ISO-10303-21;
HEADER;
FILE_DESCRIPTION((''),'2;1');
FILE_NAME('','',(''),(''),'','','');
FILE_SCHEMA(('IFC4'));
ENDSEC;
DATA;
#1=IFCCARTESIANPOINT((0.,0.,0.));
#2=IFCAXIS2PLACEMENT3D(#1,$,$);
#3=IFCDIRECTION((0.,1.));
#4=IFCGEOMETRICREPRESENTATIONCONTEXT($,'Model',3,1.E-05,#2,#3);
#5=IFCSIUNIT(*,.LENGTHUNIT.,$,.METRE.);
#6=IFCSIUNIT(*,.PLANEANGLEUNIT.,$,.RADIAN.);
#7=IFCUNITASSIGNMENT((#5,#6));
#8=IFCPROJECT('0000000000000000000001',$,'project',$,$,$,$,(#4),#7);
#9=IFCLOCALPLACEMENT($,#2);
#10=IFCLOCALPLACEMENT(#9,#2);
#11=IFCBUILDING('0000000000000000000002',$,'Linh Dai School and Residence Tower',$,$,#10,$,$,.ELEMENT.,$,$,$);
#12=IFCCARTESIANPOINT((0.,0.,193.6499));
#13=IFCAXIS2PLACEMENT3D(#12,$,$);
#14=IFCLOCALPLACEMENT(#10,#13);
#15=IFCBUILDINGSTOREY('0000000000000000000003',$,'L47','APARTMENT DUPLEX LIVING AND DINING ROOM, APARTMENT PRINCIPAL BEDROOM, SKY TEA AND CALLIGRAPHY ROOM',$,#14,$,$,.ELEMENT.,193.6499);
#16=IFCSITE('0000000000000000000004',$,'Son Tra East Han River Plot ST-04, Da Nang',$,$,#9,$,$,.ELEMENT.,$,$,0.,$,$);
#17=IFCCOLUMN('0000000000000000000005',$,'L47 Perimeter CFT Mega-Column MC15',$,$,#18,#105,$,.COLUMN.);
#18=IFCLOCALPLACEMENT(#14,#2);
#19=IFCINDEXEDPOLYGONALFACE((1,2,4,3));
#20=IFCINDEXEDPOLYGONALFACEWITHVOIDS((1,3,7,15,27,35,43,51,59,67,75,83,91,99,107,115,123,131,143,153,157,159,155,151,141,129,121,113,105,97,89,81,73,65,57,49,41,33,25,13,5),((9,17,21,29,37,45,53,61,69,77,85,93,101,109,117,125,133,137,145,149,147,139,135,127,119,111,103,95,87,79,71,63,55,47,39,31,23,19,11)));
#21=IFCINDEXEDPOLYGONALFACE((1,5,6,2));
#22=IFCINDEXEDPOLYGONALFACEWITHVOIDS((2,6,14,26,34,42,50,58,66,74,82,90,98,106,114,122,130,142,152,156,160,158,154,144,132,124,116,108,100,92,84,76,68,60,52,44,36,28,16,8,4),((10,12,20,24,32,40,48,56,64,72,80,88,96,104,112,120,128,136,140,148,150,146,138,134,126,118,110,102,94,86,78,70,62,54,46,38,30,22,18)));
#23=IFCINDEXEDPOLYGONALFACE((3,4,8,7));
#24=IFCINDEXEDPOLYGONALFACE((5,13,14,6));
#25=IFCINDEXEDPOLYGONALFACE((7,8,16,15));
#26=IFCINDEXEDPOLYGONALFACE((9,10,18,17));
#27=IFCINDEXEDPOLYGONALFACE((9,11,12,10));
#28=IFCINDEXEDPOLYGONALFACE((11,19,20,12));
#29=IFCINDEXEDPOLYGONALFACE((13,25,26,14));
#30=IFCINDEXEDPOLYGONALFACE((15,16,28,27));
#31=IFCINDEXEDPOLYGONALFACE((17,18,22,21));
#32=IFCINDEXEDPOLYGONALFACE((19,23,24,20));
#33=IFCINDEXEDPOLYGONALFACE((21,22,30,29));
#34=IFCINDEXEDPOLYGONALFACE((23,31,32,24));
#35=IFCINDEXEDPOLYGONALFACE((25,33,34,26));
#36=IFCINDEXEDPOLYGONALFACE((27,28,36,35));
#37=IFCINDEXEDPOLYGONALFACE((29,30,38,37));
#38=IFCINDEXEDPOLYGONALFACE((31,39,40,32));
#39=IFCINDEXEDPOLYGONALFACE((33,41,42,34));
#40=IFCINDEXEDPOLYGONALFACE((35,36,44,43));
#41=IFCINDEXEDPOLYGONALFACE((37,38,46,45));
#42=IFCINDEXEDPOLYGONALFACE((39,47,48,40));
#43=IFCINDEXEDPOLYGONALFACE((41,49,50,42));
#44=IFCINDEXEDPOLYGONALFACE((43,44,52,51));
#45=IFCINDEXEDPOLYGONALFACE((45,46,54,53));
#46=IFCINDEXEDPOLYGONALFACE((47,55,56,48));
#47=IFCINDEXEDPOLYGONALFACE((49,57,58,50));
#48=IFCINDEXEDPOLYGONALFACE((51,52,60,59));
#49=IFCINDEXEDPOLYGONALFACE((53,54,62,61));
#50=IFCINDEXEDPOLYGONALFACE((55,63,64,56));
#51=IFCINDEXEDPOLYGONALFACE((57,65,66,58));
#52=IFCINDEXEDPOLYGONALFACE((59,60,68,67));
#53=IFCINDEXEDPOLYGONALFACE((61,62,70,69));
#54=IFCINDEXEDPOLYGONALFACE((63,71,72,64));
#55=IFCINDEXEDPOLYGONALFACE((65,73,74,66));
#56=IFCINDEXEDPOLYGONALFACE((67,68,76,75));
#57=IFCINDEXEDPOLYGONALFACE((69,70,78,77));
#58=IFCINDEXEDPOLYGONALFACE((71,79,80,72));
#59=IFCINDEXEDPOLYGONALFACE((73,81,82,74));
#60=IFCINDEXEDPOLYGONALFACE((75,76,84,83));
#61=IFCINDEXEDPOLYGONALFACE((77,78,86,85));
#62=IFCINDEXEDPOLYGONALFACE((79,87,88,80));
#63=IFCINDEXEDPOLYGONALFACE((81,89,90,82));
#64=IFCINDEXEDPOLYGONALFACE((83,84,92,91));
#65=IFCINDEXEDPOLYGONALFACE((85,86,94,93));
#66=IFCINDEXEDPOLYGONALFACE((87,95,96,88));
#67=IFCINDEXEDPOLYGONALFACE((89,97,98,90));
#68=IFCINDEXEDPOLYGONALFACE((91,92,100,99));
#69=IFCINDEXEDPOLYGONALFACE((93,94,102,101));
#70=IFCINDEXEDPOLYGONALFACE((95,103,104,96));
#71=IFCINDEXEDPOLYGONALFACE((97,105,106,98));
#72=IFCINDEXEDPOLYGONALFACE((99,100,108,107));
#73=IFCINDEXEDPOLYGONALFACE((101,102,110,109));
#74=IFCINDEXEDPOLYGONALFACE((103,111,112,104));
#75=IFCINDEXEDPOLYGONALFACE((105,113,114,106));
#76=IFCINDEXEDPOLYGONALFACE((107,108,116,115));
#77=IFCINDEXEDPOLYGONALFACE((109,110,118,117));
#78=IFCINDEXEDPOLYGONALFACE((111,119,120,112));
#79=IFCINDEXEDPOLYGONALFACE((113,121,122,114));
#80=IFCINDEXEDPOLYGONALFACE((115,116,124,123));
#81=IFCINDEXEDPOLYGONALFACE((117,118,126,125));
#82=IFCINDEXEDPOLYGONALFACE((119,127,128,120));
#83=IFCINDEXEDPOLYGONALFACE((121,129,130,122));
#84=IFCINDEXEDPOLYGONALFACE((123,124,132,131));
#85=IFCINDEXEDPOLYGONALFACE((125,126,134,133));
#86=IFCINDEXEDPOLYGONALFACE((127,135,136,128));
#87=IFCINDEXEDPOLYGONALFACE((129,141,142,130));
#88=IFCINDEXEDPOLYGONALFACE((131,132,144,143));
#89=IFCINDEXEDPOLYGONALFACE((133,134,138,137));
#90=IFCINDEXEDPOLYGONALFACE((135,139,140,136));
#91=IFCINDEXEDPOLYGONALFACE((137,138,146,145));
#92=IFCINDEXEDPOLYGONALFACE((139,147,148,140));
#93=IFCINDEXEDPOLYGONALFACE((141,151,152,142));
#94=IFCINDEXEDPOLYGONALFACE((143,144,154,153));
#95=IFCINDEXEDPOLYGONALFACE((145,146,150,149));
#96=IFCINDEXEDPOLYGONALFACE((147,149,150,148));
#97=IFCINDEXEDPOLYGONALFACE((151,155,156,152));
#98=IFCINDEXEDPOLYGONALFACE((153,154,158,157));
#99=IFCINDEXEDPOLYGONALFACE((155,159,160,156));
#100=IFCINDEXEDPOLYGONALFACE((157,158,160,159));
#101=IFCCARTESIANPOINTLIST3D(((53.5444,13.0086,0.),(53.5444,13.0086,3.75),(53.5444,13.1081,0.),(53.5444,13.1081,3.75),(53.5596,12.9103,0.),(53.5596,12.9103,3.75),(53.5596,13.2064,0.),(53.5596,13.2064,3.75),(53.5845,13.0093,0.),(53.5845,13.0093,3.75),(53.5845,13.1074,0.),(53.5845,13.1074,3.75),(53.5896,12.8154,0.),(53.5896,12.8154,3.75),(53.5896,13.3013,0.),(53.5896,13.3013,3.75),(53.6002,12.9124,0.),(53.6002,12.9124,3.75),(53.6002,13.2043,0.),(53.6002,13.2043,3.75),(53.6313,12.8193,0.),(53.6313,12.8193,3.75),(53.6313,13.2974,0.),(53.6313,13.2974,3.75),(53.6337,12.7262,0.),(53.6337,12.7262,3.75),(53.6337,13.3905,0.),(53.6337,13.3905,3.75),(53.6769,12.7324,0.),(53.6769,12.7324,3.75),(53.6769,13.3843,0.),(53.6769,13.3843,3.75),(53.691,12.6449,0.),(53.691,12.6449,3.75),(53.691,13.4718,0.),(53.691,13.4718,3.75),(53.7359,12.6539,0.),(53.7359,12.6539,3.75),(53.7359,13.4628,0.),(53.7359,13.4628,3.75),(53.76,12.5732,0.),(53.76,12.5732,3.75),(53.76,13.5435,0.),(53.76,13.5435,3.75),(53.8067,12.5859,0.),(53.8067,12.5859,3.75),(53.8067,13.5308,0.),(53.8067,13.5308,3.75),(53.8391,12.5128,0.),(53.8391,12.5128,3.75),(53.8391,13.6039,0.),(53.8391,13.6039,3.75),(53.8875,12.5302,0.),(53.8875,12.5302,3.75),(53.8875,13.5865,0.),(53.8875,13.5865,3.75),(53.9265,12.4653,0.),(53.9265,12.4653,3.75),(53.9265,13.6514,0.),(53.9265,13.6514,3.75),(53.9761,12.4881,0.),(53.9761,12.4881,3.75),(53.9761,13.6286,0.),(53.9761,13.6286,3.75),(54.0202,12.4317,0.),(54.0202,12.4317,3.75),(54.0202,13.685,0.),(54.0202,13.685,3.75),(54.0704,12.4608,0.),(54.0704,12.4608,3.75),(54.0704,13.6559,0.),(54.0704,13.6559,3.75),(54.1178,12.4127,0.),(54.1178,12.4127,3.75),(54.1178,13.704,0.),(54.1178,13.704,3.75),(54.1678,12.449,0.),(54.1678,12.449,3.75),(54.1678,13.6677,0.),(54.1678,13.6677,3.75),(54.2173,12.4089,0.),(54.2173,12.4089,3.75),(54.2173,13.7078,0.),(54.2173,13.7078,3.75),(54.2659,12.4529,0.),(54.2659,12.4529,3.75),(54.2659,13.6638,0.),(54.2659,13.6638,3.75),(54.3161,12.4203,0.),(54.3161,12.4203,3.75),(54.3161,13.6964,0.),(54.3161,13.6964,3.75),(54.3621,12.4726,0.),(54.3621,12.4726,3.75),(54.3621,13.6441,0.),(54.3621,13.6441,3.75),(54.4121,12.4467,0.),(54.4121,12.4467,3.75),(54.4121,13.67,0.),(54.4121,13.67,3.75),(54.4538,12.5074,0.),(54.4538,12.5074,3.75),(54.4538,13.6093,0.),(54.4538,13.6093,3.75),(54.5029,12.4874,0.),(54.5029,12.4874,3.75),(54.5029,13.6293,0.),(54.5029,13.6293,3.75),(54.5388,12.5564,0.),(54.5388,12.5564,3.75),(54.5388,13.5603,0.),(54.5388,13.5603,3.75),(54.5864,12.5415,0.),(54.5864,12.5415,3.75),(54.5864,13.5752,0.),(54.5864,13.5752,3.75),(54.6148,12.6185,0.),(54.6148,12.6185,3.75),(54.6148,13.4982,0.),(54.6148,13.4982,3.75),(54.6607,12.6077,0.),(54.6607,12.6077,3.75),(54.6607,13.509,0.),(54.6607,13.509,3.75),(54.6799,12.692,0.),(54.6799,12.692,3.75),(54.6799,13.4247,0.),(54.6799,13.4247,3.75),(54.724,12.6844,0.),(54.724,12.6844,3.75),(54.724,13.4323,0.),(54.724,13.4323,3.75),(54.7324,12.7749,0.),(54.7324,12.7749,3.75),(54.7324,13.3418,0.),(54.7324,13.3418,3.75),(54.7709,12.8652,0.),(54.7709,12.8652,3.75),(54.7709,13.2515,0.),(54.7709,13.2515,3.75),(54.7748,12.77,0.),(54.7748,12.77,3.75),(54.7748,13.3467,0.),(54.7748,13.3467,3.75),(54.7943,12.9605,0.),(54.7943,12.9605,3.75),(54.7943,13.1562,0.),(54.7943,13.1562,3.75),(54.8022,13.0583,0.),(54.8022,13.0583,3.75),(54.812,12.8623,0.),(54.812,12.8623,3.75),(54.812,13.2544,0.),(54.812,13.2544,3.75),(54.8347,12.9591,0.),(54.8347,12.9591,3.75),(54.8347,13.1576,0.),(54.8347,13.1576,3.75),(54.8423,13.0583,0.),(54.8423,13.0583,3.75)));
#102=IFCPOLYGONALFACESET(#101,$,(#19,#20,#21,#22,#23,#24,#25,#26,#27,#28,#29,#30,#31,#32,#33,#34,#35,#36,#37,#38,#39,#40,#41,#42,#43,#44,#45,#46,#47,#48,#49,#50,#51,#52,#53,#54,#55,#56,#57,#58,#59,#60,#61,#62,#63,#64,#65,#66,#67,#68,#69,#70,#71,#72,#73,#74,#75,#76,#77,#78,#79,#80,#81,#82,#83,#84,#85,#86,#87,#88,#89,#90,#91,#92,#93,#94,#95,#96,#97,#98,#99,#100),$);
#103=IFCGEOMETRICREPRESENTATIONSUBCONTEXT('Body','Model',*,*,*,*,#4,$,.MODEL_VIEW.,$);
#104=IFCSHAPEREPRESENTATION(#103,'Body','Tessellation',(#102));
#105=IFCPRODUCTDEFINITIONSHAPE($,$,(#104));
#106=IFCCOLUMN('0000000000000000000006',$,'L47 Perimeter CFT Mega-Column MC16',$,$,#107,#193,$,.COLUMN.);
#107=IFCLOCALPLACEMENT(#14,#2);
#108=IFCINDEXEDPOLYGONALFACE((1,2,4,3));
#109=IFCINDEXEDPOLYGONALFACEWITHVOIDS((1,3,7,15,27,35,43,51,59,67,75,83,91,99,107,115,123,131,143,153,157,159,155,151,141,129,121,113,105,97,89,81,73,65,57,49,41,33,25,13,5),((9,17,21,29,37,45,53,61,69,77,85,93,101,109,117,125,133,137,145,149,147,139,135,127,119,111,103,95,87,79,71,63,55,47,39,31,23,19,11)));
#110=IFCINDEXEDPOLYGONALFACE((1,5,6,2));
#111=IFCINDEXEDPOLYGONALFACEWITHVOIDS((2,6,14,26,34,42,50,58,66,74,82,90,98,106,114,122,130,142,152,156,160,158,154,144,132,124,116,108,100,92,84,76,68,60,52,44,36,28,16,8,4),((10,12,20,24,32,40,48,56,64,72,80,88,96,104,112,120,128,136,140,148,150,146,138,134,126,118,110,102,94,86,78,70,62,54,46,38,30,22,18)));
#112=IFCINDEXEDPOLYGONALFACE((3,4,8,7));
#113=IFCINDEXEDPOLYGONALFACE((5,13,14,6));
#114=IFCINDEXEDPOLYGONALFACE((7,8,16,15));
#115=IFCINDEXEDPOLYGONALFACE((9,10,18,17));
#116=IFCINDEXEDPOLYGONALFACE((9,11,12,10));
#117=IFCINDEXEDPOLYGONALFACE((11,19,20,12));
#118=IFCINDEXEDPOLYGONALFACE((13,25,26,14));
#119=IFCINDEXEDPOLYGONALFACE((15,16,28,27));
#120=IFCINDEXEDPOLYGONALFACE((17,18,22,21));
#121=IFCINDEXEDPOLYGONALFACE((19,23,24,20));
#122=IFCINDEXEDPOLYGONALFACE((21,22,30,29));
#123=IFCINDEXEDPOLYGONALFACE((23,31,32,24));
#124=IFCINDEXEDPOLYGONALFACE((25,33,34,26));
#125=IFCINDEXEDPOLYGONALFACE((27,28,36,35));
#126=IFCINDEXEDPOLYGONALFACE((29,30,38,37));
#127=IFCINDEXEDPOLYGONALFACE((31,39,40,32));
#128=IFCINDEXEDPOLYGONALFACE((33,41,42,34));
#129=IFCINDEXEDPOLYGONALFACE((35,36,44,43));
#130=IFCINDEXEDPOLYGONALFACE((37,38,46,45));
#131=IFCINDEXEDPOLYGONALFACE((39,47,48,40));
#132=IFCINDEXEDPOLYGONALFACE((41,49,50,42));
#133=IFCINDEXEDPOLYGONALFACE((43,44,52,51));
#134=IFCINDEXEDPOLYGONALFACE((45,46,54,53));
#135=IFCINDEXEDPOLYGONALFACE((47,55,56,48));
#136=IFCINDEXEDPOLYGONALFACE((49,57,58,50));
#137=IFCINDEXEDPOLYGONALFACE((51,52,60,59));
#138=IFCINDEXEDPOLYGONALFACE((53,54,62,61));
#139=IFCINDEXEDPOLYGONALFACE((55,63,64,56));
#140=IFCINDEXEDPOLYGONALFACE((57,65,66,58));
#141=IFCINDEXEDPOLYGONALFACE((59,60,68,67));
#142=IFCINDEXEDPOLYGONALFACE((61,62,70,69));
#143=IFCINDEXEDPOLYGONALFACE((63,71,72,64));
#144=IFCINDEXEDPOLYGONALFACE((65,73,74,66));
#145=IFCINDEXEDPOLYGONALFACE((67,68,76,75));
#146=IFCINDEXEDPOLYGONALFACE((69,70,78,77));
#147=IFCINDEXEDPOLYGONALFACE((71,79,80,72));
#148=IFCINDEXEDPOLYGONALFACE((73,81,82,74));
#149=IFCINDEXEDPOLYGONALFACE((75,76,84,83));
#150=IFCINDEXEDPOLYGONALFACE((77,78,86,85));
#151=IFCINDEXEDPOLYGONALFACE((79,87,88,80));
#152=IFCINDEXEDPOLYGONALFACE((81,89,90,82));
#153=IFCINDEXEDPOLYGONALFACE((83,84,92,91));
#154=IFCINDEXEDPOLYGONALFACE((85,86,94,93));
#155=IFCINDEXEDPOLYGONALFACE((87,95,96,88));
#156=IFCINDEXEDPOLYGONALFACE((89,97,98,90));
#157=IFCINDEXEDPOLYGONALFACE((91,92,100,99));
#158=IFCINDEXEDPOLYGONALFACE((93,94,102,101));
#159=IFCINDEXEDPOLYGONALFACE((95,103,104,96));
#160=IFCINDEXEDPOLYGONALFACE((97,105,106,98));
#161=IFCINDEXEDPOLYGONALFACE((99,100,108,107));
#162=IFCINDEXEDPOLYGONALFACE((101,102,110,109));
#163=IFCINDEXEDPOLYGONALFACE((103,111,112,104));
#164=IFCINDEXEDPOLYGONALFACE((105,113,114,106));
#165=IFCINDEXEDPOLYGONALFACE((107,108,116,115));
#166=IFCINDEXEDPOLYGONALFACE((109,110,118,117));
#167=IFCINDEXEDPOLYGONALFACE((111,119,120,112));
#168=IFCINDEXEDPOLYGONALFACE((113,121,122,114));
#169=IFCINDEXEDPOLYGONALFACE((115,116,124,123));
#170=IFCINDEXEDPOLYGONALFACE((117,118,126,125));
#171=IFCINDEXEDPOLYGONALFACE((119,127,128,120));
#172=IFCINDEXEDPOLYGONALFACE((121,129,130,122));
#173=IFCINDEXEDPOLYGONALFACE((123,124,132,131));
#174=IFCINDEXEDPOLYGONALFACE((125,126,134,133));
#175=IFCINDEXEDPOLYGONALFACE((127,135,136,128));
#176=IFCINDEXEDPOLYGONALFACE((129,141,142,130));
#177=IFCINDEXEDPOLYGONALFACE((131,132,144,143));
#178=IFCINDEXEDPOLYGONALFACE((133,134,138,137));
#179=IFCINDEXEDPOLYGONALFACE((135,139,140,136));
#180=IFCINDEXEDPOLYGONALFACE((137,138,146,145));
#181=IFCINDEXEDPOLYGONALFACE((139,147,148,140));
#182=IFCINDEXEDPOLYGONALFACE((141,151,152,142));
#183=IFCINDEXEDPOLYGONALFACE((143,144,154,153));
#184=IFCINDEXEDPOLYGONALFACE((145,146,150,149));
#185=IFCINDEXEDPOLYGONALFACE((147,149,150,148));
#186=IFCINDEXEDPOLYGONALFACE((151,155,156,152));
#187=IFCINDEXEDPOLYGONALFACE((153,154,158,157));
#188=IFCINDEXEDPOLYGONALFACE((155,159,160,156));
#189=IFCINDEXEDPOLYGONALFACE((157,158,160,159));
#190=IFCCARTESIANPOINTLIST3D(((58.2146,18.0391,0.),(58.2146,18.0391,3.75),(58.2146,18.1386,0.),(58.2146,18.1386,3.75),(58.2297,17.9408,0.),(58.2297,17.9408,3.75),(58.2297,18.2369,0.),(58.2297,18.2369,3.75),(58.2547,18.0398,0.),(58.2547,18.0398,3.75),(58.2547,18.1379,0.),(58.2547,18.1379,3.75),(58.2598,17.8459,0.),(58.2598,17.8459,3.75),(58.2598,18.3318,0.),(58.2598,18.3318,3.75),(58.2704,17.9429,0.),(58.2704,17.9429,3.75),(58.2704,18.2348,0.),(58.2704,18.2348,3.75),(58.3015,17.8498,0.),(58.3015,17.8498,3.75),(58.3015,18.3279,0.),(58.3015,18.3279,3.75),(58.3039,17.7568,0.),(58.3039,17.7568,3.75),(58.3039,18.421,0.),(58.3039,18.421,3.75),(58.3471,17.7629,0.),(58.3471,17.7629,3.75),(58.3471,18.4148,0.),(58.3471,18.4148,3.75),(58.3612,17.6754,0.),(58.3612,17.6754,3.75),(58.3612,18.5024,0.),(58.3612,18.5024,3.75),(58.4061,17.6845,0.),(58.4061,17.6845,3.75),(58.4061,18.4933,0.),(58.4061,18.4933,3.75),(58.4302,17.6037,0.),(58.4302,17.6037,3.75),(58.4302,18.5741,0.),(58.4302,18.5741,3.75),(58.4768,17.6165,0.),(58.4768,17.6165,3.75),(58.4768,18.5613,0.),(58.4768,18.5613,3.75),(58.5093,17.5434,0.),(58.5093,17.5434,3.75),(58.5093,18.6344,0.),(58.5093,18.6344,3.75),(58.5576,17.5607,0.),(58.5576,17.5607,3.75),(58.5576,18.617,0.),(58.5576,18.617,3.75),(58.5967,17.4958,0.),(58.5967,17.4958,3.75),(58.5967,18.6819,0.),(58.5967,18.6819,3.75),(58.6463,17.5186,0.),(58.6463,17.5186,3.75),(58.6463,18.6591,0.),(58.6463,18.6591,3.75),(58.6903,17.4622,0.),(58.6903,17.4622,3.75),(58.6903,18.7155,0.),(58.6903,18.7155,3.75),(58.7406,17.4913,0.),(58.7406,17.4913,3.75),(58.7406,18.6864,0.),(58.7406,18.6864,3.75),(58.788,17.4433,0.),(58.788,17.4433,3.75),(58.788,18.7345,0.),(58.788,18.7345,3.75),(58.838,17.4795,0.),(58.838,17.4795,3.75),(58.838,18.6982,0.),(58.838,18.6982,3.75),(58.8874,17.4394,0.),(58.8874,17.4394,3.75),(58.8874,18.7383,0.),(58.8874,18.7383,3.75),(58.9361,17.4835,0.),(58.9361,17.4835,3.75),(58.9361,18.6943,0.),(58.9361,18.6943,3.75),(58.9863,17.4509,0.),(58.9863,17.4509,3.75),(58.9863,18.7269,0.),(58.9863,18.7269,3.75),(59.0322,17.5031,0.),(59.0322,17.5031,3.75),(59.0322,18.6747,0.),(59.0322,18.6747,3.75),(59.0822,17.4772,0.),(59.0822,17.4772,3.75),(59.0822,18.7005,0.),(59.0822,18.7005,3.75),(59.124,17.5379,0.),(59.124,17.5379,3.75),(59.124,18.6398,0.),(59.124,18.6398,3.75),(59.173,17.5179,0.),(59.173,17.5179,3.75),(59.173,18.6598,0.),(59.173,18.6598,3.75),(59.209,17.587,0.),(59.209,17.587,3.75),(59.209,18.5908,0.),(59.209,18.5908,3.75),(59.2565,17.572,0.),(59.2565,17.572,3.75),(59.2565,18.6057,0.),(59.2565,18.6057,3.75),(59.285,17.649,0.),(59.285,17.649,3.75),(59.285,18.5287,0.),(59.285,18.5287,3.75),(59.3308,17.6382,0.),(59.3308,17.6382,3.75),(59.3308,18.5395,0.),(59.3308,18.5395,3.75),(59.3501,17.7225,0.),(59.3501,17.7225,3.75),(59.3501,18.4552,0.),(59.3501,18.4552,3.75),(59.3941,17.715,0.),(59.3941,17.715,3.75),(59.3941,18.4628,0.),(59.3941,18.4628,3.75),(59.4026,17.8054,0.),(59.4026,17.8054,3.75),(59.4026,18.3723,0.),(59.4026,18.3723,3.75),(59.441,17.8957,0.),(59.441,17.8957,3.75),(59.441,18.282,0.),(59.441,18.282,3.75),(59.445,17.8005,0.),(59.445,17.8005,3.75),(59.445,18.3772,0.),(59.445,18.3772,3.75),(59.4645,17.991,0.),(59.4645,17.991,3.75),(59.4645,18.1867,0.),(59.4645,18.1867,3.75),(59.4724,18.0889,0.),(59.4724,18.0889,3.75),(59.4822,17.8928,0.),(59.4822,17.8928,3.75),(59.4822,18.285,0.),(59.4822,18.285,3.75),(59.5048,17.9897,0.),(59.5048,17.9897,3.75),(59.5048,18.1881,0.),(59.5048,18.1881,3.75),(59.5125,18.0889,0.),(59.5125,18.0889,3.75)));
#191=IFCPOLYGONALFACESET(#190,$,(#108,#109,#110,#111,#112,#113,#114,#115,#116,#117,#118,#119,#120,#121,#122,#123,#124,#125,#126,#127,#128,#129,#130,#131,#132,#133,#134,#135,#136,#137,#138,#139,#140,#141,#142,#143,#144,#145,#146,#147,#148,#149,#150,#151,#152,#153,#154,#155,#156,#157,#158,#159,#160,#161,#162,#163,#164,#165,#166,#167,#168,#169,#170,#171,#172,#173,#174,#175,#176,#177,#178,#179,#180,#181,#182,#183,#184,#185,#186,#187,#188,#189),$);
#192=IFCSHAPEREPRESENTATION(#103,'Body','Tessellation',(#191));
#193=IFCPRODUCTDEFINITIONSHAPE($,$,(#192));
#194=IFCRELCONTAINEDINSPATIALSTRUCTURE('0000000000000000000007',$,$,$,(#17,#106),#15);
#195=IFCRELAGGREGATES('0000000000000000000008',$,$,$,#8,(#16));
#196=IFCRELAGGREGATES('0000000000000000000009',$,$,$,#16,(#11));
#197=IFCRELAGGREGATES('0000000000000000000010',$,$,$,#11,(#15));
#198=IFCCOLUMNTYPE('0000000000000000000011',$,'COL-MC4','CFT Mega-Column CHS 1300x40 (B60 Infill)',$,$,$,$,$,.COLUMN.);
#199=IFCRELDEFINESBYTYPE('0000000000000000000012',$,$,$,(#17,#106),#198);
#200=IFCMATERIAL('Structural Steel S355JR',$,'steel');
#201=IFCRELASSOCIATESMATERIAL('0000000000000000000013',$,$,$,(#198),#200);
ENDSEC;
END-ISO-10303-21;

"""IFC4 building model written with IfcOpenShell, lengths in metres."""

from ifc_helpers import new_model, si_unit, direction, frame, origin, origin_2d, place, context, subcontext, project, spatial, hollow_circle, extrude, material, material_profile, profile_set, type_object, element, save


model = new_model("IFC4")

# Units and contexts
model_context = context("Model", 3, precision=1e-05, world=origin(), true_north=direction((0.0, 1.0)))
body_context = subcontext(model_context, "Body", "Model", "MODEL_VIEW")
ifc_project = project(units=[si_unit("LENGTHUNIT", "METRE"), si_unit("PLANEANGLEUNIT", "RADIAN")], contexts=[model_context])

# Site, building, storey
site_placement = place(None, origin())
site = spatial("IfcSite", under=ifc_project, at=site_placement, Name="Son Tra East Han River Plot ST-04, Da Nang", CompositionType="ELEMENT", RefElevation=0.0)
building_placement = place(site_placement, origin())
building = spatial("IfcBuilding", under=site, at=building_placement, Name="Linh Dai School and Residence Tower", CompositionType="ELEMENT")
storey_placement = place(building_placement, frame((0.0, 0.0, 193.6499)))
storey = spatial("IfcBuildingStorey", under=building, at=storey_placement, Name="L47", Description="APARTMENT DUPLEX LIVING AND DINING ROOM, APARTMENT PRINCIPAL BEDROOM, SKY TEA AND CALLIGRAPHY ROOM", CompositionType="ELEMENT", Elevation=193.6499)

# Columns
ifc_material_1 = material(Name="Structural Steel S355JR", Category="steel")
ifc_material_profile_1 = material_profile(ifc_material_1, hollow_circle(Radius=0.6499, WallThickness=0.04, at=origin_2d()), Name="CHS 1300x40")
ifc_profile_set_1 = profile_set([ifc_material_profile_1], Name="Structural Steel S355JR")
column_type = type_object("IfcColumnType", Name="COL-MC4", Description="CFT Mega-Column CHS 1300x40 (B60 Infill)", PredefinedType="COLUMN", material=ifc_profile_set_1)
for number, where, z_axis, x_axis, name in (
    (1, (54.1924, 13.0583, 0.0), (0.0, 0.0, 1.0), (1.0, 0.0, 0.0), "L47 Perimeter CFT Mega-Column MC15"),
    (2, (58.8625, 18.0889, 0.0), (0.0, 0.0, 1.0), (1.0, 0.0, 0.0), "L47 Perimeter CFT Mega-Column MC16"),
):
    element("IfcColumn", number, at=place(storey_placement, frame(where, z_axis=z_axis, x_axis=x_axis)), inside=storey, type_object=column_type, Name=name, PredefinedType="COLUMN", context=body_context, shape_type="SweptSolid", body=[
        extrude(hollow_circle(Radius=0.6499, WallThickness=0.04, at=origin_2d()), origin(), (0.0, 0.0, 1.0), 3.75),
    ])

save(model, "model.ifc")
